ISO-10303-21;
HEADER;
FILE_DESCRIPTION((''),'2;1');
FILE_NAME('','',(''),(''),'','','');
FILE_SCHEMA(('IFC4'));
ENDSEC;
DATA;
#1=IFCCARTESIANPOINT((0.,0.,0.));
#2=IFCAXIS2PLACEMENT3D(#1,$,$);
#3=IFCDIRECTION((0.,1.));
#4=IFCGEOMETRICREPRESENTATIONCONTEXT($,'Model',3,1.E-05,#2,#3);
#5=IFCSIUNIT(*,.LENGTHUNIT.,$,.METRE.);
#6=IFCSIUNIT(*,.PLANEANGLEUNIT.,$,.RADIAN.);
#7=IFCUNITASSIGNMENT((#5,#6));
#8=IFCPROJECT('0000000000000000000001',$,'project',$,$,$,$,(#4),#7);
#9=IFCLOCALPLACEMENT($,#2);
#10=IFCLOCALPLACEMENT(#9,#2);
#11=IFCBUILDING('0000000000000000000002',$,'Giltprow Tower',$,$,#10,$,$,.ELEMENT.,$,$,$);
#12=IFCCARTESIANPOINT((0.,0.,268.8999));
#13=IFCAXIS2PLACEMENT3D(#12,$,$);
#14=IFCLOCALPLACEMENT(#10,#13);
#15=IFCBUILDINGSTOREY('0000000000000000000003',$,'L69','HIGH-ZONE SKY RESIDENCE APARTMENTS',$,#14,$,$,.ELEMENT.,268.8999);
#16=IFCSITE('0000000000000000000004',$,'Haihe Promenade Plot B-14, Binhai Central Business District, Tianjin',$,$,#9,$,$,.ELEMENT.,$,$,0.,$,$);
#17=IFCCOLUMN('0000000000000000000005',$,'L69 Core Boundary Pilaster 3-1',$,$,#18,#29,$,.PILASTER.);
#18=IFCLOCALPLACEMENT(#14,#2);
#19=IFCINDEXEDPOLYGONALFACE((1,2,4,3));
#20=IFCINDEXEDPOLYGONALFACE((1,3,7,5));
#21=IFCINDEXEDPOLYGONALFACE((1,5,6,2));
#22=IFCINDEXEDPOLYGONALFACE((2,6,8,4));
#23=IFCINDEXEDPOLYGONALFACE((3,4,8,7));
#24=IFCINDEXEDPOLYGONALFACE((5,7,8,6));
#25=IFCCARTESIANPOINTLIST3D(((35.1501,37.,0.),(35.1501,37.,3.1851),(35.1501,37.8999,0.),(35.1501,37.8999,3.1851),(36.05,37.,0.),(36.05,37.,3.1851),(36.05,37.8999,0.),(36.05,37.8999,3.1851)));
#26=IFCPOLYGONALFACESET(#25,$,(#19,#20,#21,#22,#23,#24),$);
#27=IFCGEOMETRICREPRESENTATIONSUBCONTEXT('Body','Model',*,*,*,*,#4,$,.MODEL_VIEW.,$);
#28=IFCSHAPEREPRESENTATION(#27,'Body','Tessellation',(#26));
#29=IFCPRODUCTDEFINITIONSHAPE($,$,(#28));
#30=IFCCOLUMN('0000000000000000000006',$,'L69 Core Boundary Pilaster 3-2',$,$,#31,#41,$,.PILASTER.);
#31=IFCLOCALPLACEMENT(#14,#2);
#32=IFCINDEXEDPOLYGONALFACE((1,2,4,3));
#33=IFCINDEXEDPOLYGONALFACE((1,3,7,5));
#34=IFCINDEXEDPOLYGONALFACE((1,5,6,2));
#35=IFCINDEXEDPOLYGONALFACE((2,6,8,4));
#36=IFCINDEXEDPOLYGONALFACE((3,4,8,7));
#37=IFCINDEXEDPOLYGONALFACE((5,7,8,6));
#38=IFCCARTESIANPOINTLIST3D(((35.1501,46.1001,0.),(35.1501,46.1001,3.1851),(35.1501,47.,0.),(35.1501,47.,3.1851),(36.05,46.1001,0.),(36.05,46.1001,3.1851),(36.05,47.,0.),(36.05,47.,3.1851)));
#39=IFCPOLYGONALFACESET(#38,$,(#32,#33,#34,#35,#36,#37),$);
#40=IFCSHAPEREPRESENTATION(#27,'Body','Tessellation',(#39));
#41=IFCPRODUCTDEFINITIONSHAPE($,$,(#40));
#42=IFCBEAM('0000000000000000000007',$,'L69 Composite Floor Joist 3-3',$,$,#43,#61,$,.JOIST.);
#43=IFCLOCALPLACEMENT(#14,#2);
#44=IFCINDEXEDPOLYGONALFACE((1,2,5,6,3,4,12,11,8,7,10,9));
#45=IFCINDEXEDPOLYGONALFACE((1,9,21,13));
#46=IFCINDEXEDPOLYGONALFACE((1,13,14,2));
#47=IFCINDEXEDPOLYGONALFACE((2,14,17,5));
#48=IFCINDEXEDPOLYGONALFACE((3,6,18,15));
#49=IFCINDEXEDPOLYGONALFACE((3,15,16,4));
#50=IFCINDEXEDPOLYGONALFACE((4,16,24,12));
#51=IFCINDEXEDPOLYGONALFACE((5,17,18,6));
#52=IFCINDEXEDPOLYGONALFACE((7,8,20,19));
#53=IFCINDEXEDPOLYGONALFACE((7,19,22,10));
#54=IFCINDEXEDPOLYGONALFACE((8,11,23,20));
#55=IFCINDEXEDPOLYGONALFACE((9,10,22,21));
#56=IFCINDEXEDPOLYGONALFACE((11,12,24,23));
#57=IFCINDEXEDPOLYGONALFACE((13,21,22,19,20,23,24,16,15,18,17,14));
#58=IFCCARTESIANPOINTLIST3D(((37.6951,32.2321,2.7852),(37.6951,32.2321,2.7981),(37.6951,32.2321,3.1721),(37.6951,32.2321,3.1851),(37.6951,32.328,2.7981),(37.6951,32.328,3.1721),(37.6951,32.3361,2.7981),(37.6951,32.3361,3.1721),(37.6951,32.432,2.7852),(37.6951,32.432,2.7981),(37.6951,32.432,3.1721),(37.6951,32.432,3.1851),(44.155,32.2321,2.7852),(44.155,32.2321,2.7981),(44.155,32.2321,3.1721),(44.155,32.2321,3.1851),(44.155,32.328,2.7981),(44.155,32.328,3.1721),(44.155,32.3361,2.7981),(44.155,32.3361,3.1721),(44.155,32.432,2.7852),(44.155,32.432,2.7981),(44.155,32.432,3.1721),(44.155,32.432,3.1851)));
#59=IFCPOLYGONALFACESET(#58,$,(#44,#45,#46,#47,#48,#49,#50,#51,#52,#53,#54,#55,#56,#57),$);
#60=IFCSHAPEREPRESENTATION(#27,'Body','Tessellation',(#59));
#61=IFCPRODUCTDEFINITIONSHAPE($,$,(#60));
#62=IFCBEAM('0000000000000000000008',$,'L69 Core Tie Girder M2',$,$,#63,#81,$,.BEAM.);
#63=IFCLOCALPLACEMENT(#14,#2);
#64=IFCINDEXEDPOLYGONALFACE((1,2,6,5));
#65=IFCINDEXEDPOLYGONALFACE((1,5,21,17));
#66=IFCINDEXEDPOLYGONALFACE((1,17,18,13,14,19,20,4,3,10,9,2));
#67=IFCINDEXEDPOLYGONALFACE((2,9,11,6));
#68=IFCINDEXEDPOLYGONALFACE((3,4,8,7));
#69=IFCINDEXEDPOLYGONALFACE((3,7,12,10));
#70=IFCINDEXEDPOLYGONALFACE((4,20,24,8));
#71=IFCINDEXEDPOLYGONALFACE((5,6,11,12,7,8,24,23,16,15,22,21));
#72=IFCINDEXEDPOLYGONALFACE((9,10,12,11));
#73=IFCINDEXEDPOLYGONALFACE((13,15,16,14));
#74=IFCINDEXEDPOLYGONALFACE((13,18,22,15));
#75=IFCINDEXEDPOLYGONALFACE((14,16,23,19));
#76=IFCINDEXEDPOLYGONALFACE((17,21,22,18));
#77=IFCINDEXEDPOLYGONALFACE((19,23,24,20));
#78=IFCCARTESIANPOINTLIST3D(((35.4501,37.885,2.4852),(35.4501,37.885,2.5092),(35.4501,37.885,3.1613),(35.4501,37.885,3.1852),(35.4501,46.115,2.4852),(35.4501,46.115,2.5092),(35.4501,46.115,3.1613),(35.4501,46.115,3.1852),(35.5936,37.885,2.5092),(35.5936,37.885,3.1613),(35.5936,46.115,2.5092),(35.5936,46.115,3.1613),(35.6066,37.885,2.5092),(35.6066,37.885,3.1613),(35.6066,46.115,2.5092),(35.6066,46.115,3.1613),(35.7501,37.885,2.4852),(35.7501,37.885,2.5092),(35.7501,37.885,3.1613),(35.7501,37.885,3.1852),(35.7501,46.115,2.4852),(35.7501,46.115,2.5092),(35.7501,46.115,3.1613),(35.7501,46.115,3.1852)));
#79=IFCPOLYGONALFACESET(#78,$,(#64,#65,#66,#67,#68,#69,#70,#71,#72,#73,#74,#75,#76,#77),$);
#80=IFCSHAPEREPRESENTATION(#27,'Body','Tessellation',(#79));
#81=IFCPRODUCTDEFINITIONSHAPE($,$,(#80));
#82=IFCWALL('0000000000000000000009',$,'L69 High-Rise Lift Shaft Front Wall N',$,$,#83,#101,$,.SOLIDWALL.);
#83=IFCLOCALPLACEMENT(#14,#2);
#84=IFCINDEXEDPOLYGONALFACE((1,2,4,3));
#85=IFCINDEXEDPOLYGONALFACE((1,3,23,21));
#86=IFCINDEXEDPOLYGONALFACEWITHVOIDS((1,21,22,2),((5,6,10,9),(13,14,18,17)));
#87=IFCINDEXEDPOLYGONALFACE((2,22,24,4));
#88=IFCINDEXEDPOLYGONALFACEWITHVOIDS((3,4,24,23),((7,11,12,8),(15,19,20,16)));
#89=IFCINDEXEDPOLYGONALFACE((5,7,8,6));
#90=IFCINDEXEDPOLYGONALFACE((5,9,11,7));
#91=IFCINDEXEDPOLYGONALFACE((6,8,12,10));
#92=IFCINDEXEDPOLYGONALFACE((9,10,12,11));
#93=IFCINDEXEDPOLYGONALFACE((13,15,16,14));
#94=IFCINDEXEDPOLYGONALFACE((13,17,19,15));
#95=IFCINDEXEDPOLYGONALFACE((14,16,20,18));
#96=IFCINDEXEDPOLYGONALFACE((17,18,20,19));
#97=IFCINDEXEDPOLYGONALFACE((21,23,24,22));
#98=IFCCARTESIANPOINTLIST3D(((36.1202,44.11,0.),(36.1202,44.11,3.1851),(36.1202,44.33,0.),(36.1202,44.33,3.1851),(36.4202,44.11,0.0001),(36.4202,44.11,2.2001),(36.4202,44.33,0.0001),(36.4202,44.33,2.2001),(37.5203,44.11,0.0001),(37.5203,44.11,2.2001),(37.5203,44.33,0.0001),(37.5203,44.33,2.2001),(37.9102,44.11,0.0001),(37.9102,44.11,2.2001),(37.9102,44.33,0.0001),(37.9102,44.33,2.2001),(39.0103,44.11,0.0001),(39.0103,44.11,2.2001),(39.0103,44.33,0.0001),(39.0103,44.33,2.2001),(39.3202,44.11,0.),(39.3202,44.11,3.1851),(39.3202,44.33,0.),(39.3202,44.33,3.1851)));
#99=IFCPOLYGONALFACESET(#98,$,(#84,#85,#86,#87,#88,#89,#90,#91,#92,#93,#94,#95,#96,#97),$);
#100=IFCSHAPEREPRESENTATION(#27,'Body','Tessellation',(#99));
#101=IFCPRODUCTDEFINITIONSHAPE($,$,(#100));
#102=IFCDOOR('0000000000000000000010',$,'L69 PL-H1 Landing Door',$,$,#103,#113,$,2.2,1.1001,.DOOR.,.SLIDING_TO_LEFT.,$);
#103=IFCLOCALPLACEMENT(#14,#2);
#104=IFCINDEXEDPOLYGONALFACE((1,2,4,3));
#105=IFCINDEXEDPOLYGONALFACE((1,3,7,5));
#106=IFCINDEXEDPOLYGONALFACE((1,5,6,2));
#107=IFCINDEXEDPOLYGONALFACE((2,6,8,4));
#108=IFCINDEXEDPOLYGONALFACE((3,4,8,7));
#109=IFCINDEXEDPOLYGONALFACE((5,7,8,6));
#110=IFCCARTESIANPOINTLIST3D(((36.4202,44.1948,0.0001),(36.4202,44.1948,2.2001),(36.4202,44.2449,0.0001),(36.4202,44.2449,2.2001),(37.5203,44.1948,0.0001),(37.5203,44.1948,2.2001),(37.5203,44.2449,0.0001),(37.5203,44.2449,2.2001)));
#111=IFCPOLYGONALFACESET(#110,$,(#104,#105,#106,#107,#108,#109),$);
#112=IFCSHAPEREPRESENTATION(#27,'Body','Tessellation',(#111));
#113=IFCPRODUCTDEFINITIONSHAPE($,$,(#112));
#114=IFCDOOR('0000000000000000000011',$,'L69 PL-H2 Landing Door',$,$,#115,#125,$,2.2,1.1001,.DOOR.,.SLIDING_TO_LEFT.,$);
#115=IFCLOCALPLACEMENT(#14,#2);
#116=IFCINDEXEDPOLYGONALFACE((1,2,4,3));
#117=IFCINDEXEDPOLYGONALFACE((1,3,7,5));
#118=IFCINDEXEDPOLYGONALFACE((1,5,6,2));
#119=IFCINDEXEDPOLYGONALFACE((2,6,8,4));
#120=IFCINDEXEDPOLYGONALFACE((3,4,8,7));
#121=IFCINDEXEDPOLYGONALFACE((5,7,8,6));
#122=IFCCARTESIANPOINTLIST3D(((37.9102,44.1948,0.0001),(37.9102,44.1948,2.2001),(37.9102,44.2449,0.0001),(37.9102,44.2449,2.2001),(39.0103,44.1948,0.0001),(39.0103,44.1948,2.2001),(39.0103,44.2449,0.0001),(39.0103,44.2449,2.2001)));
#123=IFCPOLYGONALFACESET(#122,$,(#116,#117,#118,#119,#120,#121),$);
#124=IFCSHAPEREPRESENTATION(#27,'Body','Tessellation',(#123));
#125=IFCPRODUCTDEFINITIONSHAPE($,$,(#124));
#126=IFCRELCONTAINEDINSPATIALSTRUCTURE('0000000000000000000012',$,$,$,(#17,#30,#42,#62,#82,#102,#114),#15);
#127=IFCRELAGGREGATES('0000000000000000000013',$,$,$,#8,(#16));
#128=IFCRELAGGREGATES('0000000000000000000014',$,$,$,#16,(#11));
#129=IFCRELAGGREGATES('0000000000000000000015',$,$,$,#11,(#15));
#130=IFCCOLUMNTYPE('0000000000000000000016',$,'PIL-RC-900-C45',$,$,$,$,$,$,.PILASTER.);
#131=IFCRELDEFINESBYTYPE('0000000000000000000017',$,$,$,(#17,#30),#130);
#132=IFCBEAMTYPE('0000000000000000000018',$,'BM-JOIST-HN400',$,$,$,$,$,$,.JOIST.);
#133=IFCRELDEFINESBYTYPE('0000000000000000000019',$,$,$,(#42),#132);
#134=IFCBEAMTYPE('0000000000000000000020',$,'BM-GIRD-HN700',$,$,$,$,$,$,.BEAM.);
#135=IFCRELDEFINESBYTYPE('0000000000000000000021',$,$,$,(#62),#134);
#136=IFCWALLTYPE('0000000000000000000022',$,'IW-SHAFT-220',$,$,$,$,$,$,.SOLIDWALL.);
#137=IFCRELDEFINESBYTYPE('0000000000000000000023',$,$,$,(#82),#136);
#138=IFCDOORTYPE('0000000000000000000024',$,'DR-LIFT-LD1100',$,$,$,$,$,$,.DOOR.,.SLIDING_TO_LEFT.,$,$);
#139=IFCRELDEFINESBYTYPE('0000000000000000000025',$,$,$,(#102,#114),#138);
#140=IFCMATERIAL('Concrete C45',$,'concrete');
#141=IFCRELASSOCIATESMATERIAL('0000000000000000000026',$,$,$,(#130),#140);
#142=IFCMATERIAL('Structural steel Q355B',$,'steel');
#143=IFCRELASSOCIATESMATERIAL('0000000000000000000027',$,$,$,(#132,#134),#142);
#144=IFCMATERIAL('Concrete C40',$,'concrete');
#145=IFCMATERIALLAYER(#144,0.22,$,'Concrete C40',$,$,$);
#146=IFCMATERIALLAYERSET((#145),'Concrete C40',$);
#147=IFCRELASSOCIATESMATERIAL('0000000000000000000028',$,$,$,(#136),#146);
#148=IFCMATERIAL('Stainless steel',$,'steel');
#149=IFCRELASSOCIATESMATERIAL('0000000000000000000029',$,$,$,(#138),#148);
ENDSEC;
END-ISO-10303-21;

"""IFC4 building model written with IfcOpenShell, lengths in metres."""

from ifc_helpers import new_model, si_unit, direction, frame, frame_2d, origin, origin_2d, place, context, subcontext, project, spatial, rectangle, i_section, extrude, source, transform, mapped, material, layer, layer_set, material_profile, profile_set, type_object, element, fill, save


model = new_model("IFC4")

# Units and contexts
model_context = context("Model", 3, precision=1e-05, world=origin(), true_north=direction((0.0, 1.0)))
body_context = subcontext(model_context, "Body", "Model", "MODEL_VIEW")
ifc_project = project(units=[si_unit("LENGTHUNIT", "METRE"), si_unit("PLANEANGLEUNIT", "RADIAN")], contexts=[model_context])

# Site, building, storey
site_placement = place(None, origin())
site = spatial("IfcSite", under=ifc_project, at=site_placement, Name="Haihe Promenade Plot B-14, Binhai Central Business District, Tianjin", CompositionType="ELEMENT", RefElevation=0.0)
building_placement = place(site_placement, origin())
building = spatial("IfcBuilding", under=site, at=building_placement, Name="Giltprow Tower", CompositionType="ELEMENT")
storey_placement = place(building_placement, frame((0.0, 0.0, 268.8999)))
storey = spatial("IfcBuildingStorey", under=building, at=storey_placement, Name="L69", Description="HIGH-ZONE SKY RESIDENCE APARTMENTS", CompositionType="ELEMENT", Elevation=268.8999)

# Columns
ifc_material_1 = material(Name="Concrete C45", Category="concrete")
ifc_material_profile_1 = material_profile(ifc_material_1, rectangle(XDim=0.8999, YDim=0.8999, at=origin_2d()), Name="RC 900x900")
ifc_profile_set_1 = profile_set([ifc_material_profile_1], Name="Concrete C45")
column_type = type_object("IfcColumnType", Name="PIL-RC-900-C45", PredefinedType="PILASTER", material=ifc_profile_set_1)
shared_shape_1 = source(origin(), body_context, "Body", "SweptSolid", [
    extrude(rectangle(XDim=0.8999, YDim=0.8999, at=origin_2d()), origin(), (0.0, 0.0, 1.0), 3.1851),
])
for number, where, z_axis, x_axis, name in (
    (1, (35.6001, 37.45, 0.0), (0.0, 0.0, 1.0), (1.0, 0.0, 0.0), "L69 Core Boundary Pilaster 3-1"),
    (2, (35.6001, 46.55, 0.0), (0.0, 0.0, 1.0), (1.0, 0.0, 0.0), "L69 Core Boundary Pilaster 3-2"),
):
    element("IfcColumn", number, at=place(storey_placement, frame(where, z_axis=z_axis, x_axis=x_axis)), inside=storey, type_object=column_type, Name=name, PredefinedType="PILASTER", context=body_context, shape_type="MappedRepresentation", body=[
        mapped(shared_shape_1, transform((0.0, 0.0, 0.0), x_axis=(1.0, 0.0, 0.0), y_axis=(0.0, 1.0, 0.0), z_axis=(0.0, 0.0, 1.0), scale=1.0)),
    ])

# Beams
ifc_material_2 = material(Name="Structural steel Q355B", Category="steel")
ifc_material_profile_2 = material_profile(ifc_material_2, i_section(OverallWidth=0.2, OverallDepth=0.3999, WebThickness=0.0081, FlangeThickness=0.0129, at=origin_2d()), Name="HN 400x200x8x13")
ifc_profile_set_2 = profile_set([ifc_material_profile_2], Name="Structural steel Q355B")
beam_type_1 = type_object("IfcBeamType", Name="BM-JOIST-HN400", PredefinedType="JOIST", material=ifc_profile_set_2)
shared_shape_2 = source(origin(), body_context, "Body", "SweptSolid", [
    extrude(i_section(OverallWidth=0.2, OverallDepth=0.3999, WebThickness=0.0081, FlangeThickness=0.0129, at=origin_2d()), origin(), (0.0, 0.0, 1.0), 6.46),
])
beam_1_placement = place(storey_placement, frame((37.6951, 32.332, 2.9851), z_axis=(1.0, 0.0, 0.0), x_axis=(0.0, 1.0, 0.0)))
element("IfcBeam", 3, at=beam_1_placement, inside=storey, type_object=beam_type_1, Name="L69 Composite Floor Joist 3-3", PredefinedType="JOIST", context=body_context, shape_type="MappedRepresentation", body=[
    mapped(shared_shape_2, transform((0.0, 0.0, 0.0), x_axis=(1.0, 0.0, 0.0), y_axis=(0.0, 1.0, 0.0), z_axis=(0.0, 0.0, 1.0), scale=1.0)),
])
ifc_material_profile_3 = material_profile(ifc_material_2, i_section(OverallWidth=0.3, OverallDepth=0.7, WebThickness=0.0129, FlangeThickness=0.0239, at=origin_2d()), Name="HN 700x300x13x24")
ifc_profile_set_3 = profile_set([ifc_material_profile_3], Name="Structural steel Q355B")
beam_type_2 = type_object("IfcBeamType", Name="BM-GIRD-HN700", PredefinedType="BEAM", material=ifc_profile_set_3)
shared_shape_3 = source(origin(), body_context, "Body", "SweptSolid", [
    extrude(i_section(OverallWidth=0.3, OverallDepth=0.7, WebThickness=0.0129, FlangeThickness=0.0239, at=origin_2d()), origin(), (0.0, 0.0, 1.0), 8.23),
])
beam_2_placement = place(storey_placement, frame((35.6001, 37.885, 2.8352), z_axis=(0.0, 1.0, 0.0), x_axis=(-1.0, 0.0, 0.0)))
element("IfcBeam", 4, at=beam_2_placement, inside=storey, type_object=beam_type_2, Name="L69 Core Tie Girder M2", PredefinedType="BEAM", context=body_context, shape_type="MappedRepresentation", body=[
    mapped(shared_shape_3, transform((0.0, 0.0, 0.0), x_axis=(1.0, 0.0, 0.0), y_axis=(0.0, 1.0, 0.0), z_axis=(0.0, 0.0, 1.0), scale=1.0)),
])

# Wall, openings, doors
ifc_material_3 = material(Name="Concrete C40", Category="concrete")
ifc_layer_1 = layer(ifc_material_3, 0.22, Name="Concrete C40")
ifc_layer_set_1 = layer_set([ifc_layer_1], Name="Concrete C40")
wall_type_1 = type_object("IfcWallType", Name="IW-SHAFT-220", PredefinedType="SOLIDWALL", material=ifc_layer_set_1)
wall_1_placement = place(storey_placement, frame((36.1201, 44.22, 0.0), z_axis=(0.0, 0.0, 1.0), x_axis=(1.0, 0.0, 0.0)))
wall_1 = element("IfcWall", 5, at=wall_1_placement, inside=storey, type_object=wall_type_1, Name="L69 High-Rise Lift Shaft Front Wall N", PredefinedType="SOLIDWALL", context=body_context, shape_type="SweptSolid", body=[
    extrude(rectangle(XDim=3.2, YDim=0.22, at=frame_2d((1.6001, 0.0))), origin(), (0.0, 0.0, 1.0), 3.1851),
])
opening_1_placement = place(wall_1_placement, frame((0.3, 0.0, 0.0)))
opening_1 = element("IfcOpeningElement", 6, at=opening_1_placement, cuts=wall_1, PredefinedType="OPENING", context=body_context, shape_type="SweptSolid", body=[
    extrude(rectangle(XDim=1.1001, YDim=2.2, at=frame_2d((0.55, 1.1001))), frame((0.0, 0.1199, 0.0), z_axis=(0.0, -1.0, 0.0), x_axis=(1.0, 0.0, 0.0)), (0.0, 0.0, 1.0), 0.24),
])
opening_2_placement = place(wall_1_placement, frame((1.79, 0.0, 0.0)))
opening_2 = element("IfcOpeningElement", 7, at=opening_2_placement, cuts=wall_1, PredefinedType="OPENING", context=body_context, shape_type="SweptSolid", body=[
    extrude(rectangle(XDim=1.1001, YDim=2.2, at=frame_2d((0.55, 1.1001))), frame((0.0, 0.1199, 0.0), z_axis=(0.0, -1.0, 0.0), x_axis=(1.0, 0.0, 0.0)), (0.0, 0.0, 1.0), 0.24),
])
ifc_material_4 = material(Name="Stainless steel", Category="steel")
door_type_1 = type_object("IfcDoorType", Name="DR-LIFT-LD1100", OperationType="SLIDING_TO_LEFT", PredefinedType="DOOR", material=ifc_material_4)
shared_shape_4 = source(origin(), body_context, "Body", "SweptSolid", [
    extrude(rectangle(XDim=1.1001, YDim=2.2, at=frame_2d((0.55, 1.1001))), frame((0.0, 0.0249, 0.0), z_axis=(0.0, -1.0, 0.0), x_axis=(1.0, 0.0, 0.0)), (0.0, 0.0, 1.0), 0.05),
])
door_1_placement = place(opening_1_placement, origin())
door_1 = element("IfcDoor", 8, at=door_1_placement, inside=storey, type_object=door_type_1, Name="L69 PL-H1 Landing Door", OperationType="SLIDING_TO_LEFT", OverallHeight=2.2, OverallWidth=1.1001, PredefinedType="DOOR", context=body_context, shape_type="MappedRepresentation", body=[
    mapped(shared_shape_4, transform((0.0, 0.0, 0.0), x_axis=(1.0, 0.0, 0.0), y_axis=(0.0, 1.0, 0.0), z_axis=(0.0, 0.0, 1.0), scale=1.0)),
])
fill(opening_1, door_1)
door_2_placement = place(opening_2_placement, origin())
door_2 = element("IfcDoor", 9, at=door_2_placement, inside=storey, type_object=door_type_1, Name="L69 PL-H2 Landing Door", OperationType="SLIDING_TO_LEFT", OverallHeight=2.2, OverallWidth=1.1001, PredefinedType="DOOR", context=body_context, shape_type="MappedRepresentation", body=[
    mapped(shared_shape_4, transform((0.0, 0.0, 0.0), x_axis=(1.0, 0.0, 0.0), y_axis=(0.0, 1.0, 0.0), z_axis=(0.0, 0.0, 1.0), scale=1.0)),
])
fill(opening_2, door_2)

save(model, "model.ifc")
